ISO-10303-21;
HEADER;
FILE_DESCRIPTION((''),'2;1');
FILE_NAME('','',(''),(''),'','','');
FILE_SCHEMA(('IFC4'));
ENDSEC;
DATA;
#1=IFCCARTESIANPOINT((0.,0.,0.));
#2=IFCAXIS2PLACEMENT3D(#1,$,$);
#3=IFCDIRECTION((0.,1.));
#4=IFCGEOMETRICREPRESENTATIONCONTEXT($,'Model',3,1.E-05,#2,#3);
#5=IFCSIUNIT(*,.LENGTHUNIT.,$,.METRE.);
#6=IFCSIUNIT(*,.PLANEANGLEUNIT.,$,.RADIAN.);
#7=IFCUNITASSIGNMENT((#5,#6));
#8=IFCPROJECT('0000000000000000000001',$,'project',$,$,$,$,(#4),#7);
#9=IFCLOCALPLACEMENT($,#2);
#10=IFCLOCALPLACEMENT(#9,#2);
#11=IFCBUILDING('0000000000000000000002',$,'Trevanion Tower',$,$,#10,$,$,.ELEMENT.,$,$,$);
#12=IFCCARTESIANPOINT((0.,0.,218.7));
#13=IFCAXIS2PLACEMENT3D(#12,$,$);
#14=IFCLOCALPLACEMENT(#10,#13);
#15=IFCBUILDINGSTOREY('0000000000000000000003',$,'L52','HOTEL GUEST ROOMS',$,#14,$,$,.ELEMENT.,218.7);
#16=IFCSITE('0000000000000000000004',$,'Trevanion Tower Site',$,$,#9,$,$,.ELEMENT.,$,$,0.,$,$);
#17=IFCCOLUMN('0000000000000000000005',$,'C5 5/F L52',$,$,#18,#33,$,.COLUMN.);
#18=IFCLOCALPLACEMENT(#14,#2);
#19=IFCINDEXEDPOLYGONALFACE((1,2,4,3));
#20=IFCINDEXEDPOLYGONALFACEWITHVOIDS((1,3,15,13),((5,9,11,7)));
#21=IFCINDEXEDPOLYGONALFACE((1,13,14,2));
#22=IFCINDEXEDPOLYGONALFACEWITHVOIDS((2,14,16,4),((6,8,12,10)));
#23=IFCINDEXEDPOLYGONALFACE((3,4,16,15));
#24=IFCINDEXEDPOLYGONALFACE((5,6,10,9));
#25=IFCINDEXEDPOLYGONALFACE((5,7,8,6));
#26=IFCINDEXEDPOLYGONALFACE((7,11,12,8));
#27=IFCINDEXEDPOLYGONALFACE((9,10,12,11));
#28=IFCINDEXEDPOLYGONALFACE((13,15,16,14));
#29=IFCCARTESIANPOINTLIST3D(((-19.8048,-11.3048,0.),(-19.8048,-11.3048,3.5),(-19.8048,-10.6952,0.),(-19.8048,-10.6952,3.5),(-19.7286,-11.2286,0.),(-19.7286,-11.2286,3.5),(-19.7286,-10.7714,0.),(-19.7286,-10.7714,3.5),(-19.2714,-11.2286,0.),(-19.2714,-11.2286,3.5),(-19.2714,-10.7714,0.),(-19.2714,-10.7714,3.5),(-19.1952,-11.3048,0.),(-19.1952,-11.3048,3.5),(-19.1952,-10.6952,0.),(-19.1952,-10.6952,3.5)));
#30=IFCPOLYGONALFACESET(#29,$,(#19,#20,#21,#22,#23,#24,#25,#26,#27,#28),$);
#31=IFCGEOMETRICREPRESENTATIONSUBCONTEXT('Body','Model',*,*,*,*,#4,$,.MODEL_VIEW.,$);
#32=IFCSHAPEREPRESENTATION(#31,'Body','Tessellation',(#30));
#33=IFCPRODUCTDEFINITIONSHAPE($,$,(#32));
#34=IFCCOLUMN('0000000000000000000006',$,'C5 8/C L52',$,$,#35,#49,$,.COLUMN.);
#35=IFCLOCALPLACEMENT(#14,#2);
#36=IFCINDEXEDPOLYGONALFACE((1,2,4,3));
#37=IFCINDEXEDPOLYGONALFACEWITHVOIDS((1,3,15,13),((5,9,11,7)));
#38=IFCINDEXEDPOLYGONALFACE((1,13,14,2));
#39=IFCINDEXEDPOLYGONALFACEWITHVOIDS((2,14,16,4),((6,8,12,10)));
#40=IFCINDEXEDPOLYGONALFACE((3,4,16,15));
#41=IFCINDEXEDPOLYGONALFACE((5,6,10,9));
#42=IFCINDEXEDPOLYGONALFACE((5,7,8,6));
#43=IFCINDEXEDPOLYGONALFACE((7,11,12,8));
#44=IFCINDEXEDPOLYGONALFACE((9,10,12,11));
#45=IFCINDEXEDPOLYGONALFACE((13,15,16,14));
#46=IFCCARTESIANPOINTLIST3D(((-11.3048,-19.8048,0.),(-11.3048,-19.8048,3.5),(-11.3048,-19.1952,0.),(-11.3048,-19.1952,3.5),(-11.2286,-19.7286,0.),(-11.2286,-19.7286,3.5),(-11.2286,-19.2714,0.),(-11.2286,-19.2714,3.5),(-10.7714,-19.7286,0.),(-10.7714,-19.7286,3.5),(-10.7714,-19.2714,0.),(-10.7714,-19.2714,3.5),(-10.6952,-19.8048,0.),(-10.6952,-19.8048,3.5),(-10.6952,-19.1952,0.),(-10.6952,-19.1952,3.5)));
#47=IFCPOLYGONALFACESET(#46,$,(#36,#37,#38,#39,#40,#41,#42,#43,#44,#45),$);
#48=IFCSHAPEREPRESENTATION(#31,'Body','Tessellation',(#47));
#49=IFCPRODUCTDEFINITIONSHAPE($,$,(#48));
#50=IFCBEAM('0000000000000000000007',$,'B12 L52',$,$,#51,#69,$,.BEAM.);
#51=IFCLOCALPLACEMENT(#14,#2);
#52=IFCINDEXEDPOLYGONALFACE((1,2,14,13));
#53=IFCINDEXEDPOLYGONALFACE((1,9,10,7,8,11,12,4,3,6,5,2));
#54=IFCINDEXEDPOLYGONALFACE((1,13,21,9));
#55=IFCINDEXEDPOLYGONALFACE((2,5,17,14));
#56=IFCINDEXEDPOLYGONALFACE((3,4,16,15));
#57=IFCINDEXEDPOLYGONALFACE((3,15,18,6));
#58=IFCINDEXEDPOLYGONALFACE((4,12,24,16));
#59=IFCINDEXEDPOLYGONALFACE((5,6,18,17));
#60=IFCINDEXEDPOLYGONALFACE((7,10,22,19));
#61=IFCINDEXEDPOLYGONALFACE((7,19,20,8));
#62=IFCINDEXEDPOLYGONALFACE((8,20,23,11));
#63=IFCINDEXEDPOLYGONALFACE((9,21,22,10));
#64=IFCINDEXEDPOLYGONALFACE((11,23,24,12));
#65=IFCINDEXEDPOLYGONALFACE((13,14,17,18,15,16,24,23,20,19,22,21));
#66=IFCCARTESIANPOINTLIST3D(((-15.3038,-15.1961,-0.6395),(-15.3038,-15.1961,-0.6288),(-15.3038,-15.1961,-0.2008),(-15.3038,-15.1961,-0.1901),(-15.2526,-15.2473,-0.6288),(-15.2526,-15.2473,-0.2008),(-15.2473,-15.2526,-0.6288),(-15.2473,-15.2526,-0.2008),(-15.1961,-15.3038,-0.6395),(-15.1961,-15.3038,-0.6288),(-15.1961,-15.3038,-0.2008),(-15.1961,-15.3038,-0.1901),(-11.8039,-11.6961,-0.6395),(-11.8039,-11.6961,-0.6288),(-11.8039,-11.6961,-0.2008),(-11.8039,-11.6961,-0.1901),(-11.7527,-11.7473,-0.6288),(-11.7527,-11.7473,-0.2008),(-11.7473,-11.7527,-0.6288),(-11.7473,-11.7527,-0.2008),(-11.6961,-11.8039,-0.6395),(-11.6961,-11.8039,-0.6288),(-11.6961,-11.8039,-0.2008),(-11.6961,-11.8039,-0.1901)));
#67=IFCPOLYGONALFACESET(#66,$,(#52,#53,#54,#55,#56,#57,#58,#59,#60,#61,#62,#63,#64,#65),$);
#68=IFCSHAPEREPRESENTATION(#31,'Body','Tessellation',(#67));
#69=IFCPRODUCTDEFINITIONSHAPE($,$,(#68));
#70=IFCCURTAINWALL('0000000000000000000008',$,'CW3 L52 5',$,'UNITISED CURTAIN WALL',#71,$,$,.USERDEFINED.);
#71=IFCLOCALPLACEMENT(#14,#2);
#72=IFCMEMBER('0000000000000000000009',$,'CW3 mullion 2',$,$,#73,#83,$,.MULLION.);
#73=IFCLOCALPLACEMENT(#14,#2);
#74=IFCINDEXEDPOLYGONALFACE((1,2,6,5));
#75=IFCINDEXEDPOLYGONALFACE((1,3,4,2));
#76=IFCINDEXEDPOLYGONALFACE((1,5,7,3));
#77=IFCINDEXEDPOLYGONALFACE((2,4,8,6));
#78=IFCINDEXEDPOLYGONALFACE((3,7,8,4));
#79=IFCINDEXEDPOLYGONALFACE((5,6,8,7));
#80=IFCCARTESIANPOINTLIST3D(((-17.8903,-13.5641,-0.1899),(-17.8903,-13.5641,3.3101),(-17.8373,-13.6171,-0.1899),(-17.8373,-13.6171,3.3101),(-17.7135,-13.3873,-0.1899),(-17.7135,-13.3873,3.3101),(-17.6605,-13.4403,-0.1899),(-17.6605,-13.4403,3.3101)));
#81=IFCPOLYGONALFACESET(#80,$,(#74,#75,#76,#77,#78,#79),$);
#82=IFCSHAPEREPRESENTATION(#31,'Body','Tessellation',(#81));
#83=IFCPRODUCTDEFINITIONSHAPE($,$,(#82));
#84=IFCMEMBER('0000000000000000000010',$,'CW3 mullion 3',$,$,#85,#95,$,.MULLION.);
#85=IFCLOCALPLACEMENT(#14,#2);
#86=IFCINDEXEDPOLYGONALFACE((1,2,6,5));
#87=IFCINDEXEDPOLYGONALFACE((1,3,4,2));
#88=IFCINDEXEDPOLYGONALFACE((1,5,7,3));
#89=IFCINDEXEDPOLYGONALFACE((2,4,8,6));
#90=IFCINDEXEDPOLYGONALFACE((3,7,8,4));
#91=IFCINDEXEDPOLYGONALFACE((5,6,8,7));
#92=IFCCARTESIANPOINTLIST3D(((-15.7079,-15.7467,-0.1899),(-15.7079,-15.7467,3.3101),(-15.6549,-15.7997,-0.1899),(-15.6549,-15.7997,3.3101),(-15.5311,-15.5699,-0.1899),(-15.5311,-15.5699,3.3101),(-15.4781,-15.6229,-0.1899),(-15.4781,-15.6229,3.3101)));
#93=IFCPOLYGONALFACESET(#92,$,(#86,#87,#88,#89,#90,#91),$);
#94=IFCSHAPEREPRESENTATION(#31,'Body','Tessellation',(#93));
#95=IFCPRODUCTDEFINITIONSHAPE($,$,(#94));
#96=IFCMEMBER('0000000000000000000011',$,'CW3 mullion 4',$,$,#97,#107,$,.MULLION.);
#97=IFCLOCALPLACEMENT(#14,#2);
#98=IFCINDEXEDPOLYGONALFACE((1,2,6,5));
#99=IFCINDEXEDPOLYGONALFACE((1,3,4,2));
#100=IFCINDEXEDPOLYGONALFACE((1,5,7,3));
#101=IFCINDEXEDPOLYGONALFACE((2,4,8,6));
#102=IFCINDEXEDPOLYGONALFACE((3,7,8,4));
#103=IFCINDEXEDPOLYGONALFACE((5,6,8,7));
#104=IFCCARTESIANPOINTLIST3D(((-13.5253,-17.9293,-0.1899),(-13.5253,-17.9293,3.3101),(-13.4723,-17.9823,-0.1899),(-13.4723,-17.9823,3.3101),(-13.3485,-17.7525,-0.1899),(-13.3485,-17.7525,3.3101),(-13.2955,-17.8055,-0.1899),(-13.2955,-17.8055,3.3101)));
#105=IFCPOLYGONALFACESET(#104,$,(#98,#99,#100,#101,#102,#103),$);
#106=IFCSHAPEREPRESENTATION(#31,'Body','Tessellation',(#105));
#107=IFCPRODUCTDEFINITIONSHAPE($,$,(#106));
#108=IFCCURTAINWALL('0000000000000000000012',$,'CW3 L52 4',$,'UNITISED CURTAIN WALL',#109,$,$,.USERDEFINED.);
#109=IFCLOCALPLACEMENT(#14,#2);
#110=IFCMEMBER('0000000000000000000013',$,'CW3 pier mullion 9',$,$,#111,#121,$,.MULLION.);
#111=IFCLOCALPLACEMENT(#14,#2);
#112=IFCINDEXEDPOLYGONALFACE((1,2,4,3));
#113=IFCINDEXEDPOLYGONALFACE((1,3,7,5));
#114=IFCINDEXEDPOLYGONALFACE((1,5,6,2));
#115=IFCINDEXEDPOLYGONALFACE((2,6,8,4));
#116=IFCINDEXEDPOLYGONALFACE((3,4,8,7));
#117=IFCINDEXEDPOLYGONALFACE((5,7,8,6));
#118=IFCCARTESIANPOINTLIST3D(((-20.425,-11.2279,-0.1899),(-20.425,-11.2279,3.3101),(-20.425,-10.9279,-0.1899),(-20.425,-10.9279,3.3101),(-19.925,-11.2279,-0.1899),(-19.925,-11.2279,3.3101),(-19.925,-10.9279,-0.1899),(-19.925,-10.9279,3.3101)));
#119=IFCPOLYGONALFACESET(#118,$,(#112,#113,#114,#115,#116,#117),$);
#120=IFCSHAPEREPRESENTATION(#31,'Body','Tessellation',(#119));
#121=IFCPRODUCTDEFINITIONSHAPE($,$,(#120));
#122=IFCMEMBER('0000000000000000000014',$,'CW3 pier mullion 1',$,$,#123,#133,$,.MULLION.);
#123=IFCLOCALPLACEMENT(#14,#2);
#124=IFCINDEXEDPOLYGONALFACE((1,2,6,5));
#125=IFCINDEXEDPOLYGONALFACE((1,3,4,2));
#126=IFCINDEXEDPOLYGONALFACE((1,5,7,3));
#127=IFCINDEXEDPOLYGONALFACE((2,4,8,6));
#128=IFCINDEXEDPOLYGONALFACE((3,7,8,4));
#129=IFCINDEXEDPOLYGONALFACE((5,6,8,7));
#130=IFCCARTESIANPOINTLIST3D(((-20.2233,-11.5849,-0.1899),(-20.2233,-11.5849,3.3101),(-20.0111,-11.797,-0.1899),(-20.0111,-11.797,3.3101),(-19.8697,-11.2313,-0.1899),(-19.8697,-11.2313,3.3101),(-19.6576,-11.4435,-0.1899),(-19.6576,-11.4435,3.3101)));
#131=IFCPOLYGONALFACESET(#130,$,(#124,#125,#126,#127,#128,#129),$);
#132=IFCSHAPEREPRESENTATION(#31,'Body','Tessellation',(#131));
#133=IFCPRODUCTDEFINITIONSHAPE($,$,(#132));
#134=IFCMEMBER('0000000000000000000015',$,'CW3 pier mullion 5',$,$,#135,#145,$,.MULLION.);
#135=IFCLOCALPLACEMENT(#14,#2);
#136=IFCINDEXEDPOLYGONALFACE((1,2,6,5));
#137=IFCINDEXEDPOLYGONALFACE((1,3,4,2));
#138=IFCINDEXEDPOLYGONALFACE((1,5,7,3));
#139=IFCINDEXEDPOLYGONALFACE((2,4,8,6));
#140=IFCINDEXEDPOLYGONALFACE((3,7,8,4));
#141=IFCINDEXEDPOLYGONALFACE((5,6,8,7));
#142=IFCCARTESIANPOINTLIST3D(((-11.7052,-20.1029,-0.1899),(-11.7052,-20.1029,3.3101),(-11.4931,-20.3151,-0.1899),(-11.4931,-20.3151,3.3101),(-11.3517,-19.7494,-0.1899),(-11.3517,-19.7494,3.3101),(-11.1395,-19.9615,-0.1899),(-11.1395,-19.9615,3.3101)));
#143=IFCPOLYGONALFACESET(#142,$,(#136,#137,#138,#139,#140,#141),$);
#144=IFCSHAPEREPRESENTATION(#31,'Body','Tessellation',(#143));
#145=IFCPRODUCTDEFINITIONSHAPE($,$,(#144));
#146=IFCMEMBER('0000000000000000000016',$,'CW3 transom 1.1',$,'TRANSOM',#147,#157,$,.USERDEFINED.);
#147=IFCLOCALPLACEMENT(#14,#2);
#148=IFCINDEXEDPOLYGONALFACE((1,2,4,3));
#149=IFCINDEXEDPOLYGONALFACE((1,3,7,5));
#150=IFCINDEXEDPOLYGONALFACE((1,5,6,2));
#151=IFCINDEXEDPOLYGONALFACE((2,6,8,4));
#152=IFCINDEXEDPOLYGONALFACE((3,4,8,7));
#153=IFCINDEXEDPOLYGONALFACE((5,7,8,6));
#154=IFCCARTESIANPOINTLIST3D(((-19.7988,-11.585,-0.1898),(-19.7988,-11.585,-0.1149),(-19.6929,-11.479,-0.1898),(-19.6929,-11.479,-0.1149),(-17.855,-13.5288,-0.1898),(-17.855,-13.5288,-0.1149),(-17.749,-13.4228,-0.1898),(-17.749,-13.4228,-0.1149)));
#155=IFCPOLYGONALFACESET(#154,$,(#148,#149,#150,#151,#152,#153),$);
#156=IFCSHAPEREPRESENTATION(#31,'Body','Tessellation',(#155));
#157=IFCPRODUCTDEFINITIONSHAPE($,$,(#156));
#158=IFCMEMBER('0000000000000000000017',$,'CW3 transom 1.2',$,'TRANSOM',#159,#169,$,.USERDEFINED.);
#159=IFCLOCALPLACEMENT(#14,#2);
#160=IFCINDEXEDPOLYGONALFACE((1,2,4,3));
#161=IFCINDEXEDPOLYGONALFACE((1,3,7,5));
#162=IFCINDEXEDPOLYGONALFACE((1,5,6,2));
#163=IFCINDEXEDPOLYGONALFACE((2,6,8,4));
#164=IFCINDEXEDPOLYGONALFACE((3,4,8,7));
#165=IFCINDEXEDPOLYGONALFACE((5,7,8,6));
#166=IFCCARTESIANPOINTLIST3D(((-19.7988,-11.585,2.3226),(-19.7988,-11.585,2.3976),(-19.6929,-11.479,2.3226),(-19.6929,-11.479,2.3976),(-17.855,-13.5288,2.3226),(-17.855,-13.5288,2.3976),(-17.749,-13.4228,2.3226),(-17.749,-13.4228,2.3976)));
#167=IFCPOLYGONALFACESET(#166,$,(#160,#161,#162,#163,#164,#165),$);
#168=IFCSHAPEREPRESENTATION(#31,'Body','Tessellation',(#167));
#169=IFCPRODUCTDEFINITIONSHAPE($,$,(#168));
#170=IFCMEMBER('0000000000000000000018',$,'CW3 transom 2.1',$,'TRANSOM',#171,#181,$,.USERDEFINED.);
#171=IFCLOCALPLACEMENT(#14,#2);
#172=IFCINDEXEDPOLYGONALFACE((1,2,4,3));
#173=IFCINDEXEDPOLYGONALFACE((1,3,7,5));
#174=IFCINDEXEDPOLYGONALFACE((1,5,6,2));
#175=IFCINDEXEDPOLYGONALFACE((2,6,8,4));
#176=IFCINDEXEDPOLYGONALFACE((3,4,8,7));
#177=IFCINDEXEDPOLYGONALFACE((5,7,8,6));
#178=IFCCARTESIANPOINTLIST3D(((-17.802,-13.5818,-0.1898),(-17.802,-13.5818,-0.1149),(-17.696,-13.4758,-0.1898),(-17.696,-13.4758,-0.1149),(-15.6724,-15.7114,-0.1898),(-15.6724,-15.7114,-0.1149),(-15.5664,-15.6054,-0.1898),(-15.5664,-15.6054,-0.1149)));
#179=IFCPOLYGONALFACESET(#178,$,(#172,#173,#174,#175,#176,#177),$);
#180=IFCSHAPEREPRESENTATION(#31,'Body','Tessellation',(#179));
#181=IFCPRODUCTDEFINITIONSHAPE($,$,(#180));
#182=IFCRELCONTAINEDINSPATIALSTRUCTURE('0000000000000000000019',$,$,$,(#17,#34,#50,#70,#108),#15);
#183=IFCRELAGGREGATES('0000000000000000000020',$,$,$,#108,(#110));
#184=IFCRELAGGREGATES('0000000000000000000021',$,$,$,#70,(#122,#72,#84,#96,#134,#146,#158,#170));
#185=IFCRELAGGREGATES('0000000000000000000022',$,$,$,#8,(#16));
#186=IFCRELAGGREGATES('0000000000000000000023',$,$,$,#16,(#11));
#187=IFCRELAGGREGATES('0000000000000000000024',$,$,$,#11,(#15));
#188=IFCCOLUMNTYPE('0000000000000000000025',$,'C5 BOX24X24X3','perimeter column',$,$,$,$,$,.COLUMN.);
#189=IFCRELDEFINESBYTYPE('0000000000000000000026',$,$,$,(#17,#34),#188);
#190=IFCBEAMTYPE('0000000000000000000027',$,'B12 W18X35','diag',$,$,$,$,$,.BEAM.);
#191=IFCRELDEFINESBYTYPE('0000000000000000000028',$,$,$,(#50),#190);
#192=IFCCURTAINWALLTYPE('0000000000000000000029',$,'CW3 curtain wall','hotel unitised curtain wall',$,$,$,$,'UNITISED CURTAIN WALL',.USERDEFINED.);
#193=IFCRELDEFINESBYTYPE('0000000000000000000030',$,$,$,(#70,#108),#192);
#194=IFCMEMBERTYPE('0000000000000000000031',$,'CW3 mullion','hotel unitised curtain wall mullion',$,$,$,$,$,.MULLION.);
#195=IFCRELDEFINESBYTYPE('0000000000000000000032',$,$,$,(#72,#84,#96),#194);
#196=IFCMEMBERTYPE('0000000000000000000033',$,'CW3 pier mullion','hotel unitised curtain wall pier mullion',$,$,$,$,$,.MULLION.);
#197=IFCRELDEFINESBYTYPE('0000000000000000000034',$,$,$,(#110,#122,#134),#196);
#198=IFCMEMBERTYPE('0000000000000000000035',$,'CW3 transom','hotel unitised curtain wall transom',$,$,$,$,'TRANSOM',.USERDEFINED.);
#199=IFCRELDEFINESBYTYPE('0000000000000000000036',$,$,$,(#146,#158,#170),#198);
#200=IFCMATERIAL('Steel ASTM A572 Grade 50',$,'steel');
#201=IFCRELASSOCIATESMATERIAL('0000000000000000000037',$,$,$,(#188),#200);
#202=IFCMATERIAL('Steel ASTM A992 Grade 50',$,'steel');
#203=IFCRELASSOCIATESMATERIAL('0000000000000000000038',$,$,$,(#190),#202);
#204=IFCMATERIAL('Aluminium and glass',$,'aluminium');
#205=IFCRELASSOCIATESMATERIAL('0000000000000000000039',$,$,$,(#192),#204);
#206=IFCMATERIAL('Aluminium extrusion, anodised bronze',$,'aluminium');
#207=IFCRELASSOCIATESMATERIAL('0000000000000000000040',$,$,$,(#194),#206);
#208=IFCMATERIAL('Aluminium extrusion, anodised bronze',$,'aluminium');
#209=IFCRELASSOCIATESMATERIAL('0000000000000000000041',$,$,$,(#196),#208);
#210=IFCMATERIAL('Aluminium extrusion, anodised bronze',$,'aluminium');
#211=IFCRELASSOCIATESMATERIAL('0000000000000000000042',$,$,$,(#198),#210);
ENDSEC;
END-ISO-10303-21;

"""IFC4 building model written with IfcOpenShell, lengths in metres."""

from ifc_helpers import new_model, si_unit, direction, frame, origin, origin_2d, place, context, subcontext, project, spatial, rectangle, hollow_rectangle, i_section, extrude, material, material_profile, profile_set, type_object, element, aggregate, save


model = new_model("IFC4")

# Units and contexts
model_context = context("Model", 3, precision=1e-05, world=origin(), true_north=direction((0.0, 1.0)))
body_context = subcontext(model_context, "Body", "Model", "MODEL_VIEW")
ifc_project = project(units=[si_unit("LENGTHUNIT", "METRE"), si_unit("PLANEANGLEUNIT", "RADIAN")], contexts=[model_context])

# Site, building, storey
site_placement = place(None, origin())
site = spatial("IfcSite", under=ifc_project, at=site_placement, Name="Trevanion Tower Site", CompositionType="ELEMENT", RefElevation=0.0)
building_placement = place(site_placement, origin())
building = spatial("IfcBuilding", under=site, at=building_placement, Name="Trevanion Tower", CompositionType="ELEMENT")
storey_placement = place(building_placement, frame((0.0, 0.0, 218.7)))
storey = spatial("IfcBuildingStorey", under=building, at=storey_placement, Name="L52", Description="HOTEL GUEST ROOMS", CompositionType="ELEMENT", Elevation=218.7)

# Columns
ifc_material_1 = material(Name="Steel ASTM A572 Grade 50", Category="steel")
ifc_material_profile_1 = material_profile(ifc_material_1, hollow_rectangle(XDim=0.6096, YDim=0.6096, WallThickness=0.0762, at=origin_2d()), Name="BOX24X24X3")
ifc_profile_set_1 = profile_set([ifc_material_profile_1], Name="Steel ASTM A572 Grade 50")
column_type = type_object("IfcColumnType", Name="C5 BOX24X24X3", Description="perimeter column", PredefinedType="COLUMN", material=ifc_profile_set_1)
for number, where, z_axis, x_axis, name in (
    (1, (-19.5, -11.0, 0.0), (0.0, 0.0, 1.0), (0.0, 1.0, 0.0), "C5 5/F L52"),
    (2, (-11.0, -19.5, 0.0), (0.0, 0.0, 1.0), (1.0, 0.0, 0.0), "C5 8/C L52"),
):
    element("IfcColumn", number, at=place(storey_placement, frame(where, z_axis=z_axis, x_axis=x_axis)), inside=storey, type_object=column_type, Name=name, PredefinedType="COLUMN", context=body_context, shape_type="SweptSolid", body=[
        extrude(hollow_rectangle(XDim=0.6096, YDim=0.6096, WallThickness=0.0762, at=origin_2d()), origin(), (0.0, 0.0, 1.0), 3.5),
    ])

# Beam
ifc_material_2 = material(Name="Steel ASTM A992 Grade 50", Category="steel")
ifc_material_profile_2 = material_profile(ifc_material_2, i_section(OverallWidth=0.1523, OverallDepth=0.4495, WebThickness=0.0076, FlangeThickness=0.0107, at=origin_2d()), Name="W18X35")
ifc_profile_set_2 = profile_set([ifc_material_profile_2], Name="Steel ASTM A992 Grade 50")
beam_type_1 = type_object("IfcBeamType", Name="B12 W18X35", Description="diag", PredefinedType="BEAM", material=ifc_profile_set_2)
beam_1_placement = place(storey_placement, frame((-11.75, -11.75, -0.4148), z_axis=(-0.707107, -0.707107, 0.0), x_axis=(0.707107, -0.707107, 0.0)))
element("IfcBeam", 3, at=beam_1_placement, inside=storey, type_object=beam_type_1, Name="B12 L52", PredefinedType="BEAM", context=body_context, shape_type="SweptSolid", body=[
    extrude(i_section(OverallWidth=0.1523, OverallDepth=0.4495, WebThickness=0.0076, FlangeThickness=0.0107, at=origin_2d()), origin(), (0.0, 0.0, 1.0), 4.9497),
])

# Curtain wall, members
ifc_material_3 = material(Name="Aluminium and glass", Category="aluminium")
curtain_wall_type = type_object("IfcCurtainWallType", Name="CW3 curtain wall", Description="hotel unitised curtain wall", ElementType="UNITISED CURTAIN WALL", PredefinedType="USERDEFINED", material=ifc_material_3)
curtain_wall_1_placement = place(storey_placement, origin())
curtain_wall_1 = element("IfcCurtainWall", 4, at=curtain_wall_1_placement, inside=storey, type_object=curtain_wall_type, Name="CW3 L52 5", ObjectType="UNITISED CURTAIN WALL", PredefinedType="USERDEFINED")
ifc_material_4 = material(Name="Aluminium extrusion, anodised bronze", Category="aluminium")
ifc_material_profile_3 = material_profile(ifc_material_4, rectangle(XDim=0.075, YDim=0.25, at=origin_2d()), Name="CW3 mullion")
ifc_profile_set_3 = profile_set([ifc_material_profile_3], Name="Aluminium extrusion, anodised bronze")
member_type_1 = type_object("IfcMemberType", Name="CW3 mullion", Description="hotel unitised curtain wall mullion", PredefinedType="MULLION", material=ifc_profile_set_3)
member_1_placement = place(storey_placement, frame((-17.7754, -13.5022, -0.1899), z_axis=(0.0, 0.0, 1.0), x_axis=(0.707107, -0.707107, 0.0)))
member_1 = element("IfcMember", 5, at=member_1_placement, type_object=member_type_1, Name="CW3 mullion 2", PredefinedType="MULLION", context=body_context, shape_type="SweptSolid", body=[
    extrude(rectangle(XDim=0.075, YDim=0.25, at=origin_2d()), origin(), (0.0, 0.0, 1.0), 3.5),
])
member_2_placement = place(storey_placement, frame((-15.593, -15.6848, -0.1899), z_axis=(0.0, 0.0, 1.0), x_axis=(0.707107, -0.707107, 0.0)))
member_2 = element("IfcMember", 6, at=member_2_placement, type_object=member_type_1, Name="CW3 mullion 3", PredefinedType="MULLION", context=body_context, shape_type="SweptSolid", body=[
    extrude(rectangle(XDim=0.075, YDim=0.25, at=origin_2d()), origin(), (0.0, 0.0, 1.0), 3.5),
])
member_3_placement = place(storey_placement, frame((-13.4104, -17.8674, -0.1899), z_axis=(0.0, 0.0, 1.0), x_axis=(0.707107, -0.707107, 0.0)))
member_3 = element("IfcMember", 7, at=member_3_placement, type_object=member_type_1, Name="CW3 mullion 4", PredefinedType="MULLION", context=body_context, shape_type="SweptSolid", body=[
    extrude(rectangle(XDim=0.075, YDim=0.25, at=origin_2d()), origin(), (0.0, 0.0, 1.0), 3.5),
])

# Curtain wall, member
curtain_wall_2_placement = place(storey_placement, origin())
curtain_wall_2 = element("IfcCurtainWall", 8, at=curtain_wall_2_placement, inside=storey, type_object=curtain_wall_type, Name="CW3 L52 4", ObjectType="UNITISED CURTAIN WALL", PredefinedType="USERDEFINED")
ifc_material_5 = material(Name="Aluminium extrusion, anodised bronze", Category="aluminium")
ifc_material_profile_4 = material_profile(ifc_material_5, rectangle(XDim=0.3, YDim=0.5, at=origin_2d()), Name="CW3 pier mullion")
ifc_profile_set_4 = profile_set([ifc_material_profile_4], Name="Aluminium extrusion, anodised bronze")
member_type_2 = type_object("IfcMemberType", Name="CW3 pier mullion", Description="hotel unitised curtain wall pier mullion", PredefinedType="MULLION", material=ifc_profile_set_4)
member_4_placement = place(storey_placement, frame((-20.175, -11.0779, -0.1899), z_axis=(0.0, 0.0, 1.0), x_axis=(0.0, -1.0, 0.0)))
member_4 = element("IfcMember", 9, at=member_4_placement, type_object=member_type_2, Name="CW3 pier mullion 9", PredefinedType="MULLION", context=body_context, shape_type="SweptSolid", body=[
    extrude(rectangle(XDim=0.3, YDim=0.5, at=origin_2d()), origin(), (0.0, 0.0, 1.0), 3.5),
])
aggregate(curtain_wall_2, [member_4])

# Members
member_5_placement = place(storey_placement, frame((-19.9404, -11.5142, -0.1899), z_axis=(0.0, 0.0, 1.0), x_axis=(0.707107, -0.707107, 0.0)))
member_5 = element("IfcMember", 10, at=member_5_placement, type_object=member_type_2, Name="CW3 pier mullion 1", PredefinedType="MULLION", context=body_context, shape_type="SweptSolid", body=[
    extrude(rectangle(XDim=0.3, YDim=0.5, at=origin_2d()), origin(), (0.0, 0.0, 1.0), 3.5),
])
member_6_placement = place(storey_placement, frame((-11.4224, -20.0322, -0.1899), z_axis=(0.0, 0.0, 1.0), x_axis=(0.707107, -0.707107, 0.0)))
member_6 = element("IfcMember", 11, at=member_6_placement, type_object=member_type_2, Name="CW3 pier mullion 5", PredefinedType="MULLION", context=body_context, shape_type="SweptSolid", body=[
    extrude(rectangle(XDim=0.3, YDim=0.5, at=origin_2d()), origin(), (0.0, 0.0, 1.0), 3.5),
])
ifc_material_6 = material(Name="Aluminium extrusion, anodised bronze", Category="aluminium")
ifc_material_profile_5 = material_profile(ifc_material_6, rectangle(XDim=0.1499, YDim=0.075, at=origin_2d()), Name="CW3 transom")
ifc_profile_set_5 = profile_set([ifc_material_profile_5], Name="Aluminium extrusion, anodised bronze")
member_type_3 = type_object("IfcMemberType", Name="CW3 transom", Description="hotel unitised curtain wall transom", ElementType="TRANSOM", PredefinedType="USERDEFINED", material=ifc_profile_set_5)
member_7_placement = place(storey_placement, frame((-19.7458, -11.532, -0.1523), z_axis=(0.707107, -0.707107, 0.0), x_axis=(0.707107, 0.707107, 0.0)))
member_7 = element("IfcMember", 12, at=member_7_placement, type_object=member_type_3, Name="CW3 transom 1.1", ObjectType="TRANSOM", PredefinedType="USERDEFINED", context=body_context, shape_type="SweptSolid", body=[
    extrude(rectangle(XDim=0.1499, YDim=0.075, at=origin_2d()), origin(), (0.0, 0.0, 1.0), 2.749),
])
member_8_placement = place(storey_placement, frame((-19.7458, -11.532, 2.3601), z_axis=(0.707107, -0.707107, 0.0), x_axis=(0.707107, 0.707107, 0.0)))
member_8 = element("IfcMember", 13, at=member_8_placement, type_object=member_type_3, Name="CW3 transom 1.2", ObjectType="TRANSOM", PredefinedType="USERDEFINED", context=body_context, shape_type="SweptSolid", body=[
    extrude(rectangle(XDim=0.1499, YDim=0.075, at=origin_2d()), origin(), (0.0, 0.0, 1.0), 2.749),
])
member_9_placement = place(storey_placement, frame((-17.749, -13.5288, -0.1523), z_axis=(0.707107, -0.707107, 0.0), x_axis=(0.707107, 0.707107, 0.0)))
member_9 = element("IfcMember", 14, at=member_9_placement, type_object=member_type_3, Name="CW3 transom 2.1", ObjectType="TRANSOM", PredefinedType="USERDEFINED", context=body_context, shape_type="SweptSolid", body=[
    extrude(rectangle(XDim=0.1499, YDim=0.075, at=origin_2d()), origin(), (0.0, 0.0, 1.0), 3.0117),
])

aggregate(curtain_wall_1, [member_5, member_1, member_2, member_3, member_6, member_7, member_8, member_9])

save(model, "model.ifc")
